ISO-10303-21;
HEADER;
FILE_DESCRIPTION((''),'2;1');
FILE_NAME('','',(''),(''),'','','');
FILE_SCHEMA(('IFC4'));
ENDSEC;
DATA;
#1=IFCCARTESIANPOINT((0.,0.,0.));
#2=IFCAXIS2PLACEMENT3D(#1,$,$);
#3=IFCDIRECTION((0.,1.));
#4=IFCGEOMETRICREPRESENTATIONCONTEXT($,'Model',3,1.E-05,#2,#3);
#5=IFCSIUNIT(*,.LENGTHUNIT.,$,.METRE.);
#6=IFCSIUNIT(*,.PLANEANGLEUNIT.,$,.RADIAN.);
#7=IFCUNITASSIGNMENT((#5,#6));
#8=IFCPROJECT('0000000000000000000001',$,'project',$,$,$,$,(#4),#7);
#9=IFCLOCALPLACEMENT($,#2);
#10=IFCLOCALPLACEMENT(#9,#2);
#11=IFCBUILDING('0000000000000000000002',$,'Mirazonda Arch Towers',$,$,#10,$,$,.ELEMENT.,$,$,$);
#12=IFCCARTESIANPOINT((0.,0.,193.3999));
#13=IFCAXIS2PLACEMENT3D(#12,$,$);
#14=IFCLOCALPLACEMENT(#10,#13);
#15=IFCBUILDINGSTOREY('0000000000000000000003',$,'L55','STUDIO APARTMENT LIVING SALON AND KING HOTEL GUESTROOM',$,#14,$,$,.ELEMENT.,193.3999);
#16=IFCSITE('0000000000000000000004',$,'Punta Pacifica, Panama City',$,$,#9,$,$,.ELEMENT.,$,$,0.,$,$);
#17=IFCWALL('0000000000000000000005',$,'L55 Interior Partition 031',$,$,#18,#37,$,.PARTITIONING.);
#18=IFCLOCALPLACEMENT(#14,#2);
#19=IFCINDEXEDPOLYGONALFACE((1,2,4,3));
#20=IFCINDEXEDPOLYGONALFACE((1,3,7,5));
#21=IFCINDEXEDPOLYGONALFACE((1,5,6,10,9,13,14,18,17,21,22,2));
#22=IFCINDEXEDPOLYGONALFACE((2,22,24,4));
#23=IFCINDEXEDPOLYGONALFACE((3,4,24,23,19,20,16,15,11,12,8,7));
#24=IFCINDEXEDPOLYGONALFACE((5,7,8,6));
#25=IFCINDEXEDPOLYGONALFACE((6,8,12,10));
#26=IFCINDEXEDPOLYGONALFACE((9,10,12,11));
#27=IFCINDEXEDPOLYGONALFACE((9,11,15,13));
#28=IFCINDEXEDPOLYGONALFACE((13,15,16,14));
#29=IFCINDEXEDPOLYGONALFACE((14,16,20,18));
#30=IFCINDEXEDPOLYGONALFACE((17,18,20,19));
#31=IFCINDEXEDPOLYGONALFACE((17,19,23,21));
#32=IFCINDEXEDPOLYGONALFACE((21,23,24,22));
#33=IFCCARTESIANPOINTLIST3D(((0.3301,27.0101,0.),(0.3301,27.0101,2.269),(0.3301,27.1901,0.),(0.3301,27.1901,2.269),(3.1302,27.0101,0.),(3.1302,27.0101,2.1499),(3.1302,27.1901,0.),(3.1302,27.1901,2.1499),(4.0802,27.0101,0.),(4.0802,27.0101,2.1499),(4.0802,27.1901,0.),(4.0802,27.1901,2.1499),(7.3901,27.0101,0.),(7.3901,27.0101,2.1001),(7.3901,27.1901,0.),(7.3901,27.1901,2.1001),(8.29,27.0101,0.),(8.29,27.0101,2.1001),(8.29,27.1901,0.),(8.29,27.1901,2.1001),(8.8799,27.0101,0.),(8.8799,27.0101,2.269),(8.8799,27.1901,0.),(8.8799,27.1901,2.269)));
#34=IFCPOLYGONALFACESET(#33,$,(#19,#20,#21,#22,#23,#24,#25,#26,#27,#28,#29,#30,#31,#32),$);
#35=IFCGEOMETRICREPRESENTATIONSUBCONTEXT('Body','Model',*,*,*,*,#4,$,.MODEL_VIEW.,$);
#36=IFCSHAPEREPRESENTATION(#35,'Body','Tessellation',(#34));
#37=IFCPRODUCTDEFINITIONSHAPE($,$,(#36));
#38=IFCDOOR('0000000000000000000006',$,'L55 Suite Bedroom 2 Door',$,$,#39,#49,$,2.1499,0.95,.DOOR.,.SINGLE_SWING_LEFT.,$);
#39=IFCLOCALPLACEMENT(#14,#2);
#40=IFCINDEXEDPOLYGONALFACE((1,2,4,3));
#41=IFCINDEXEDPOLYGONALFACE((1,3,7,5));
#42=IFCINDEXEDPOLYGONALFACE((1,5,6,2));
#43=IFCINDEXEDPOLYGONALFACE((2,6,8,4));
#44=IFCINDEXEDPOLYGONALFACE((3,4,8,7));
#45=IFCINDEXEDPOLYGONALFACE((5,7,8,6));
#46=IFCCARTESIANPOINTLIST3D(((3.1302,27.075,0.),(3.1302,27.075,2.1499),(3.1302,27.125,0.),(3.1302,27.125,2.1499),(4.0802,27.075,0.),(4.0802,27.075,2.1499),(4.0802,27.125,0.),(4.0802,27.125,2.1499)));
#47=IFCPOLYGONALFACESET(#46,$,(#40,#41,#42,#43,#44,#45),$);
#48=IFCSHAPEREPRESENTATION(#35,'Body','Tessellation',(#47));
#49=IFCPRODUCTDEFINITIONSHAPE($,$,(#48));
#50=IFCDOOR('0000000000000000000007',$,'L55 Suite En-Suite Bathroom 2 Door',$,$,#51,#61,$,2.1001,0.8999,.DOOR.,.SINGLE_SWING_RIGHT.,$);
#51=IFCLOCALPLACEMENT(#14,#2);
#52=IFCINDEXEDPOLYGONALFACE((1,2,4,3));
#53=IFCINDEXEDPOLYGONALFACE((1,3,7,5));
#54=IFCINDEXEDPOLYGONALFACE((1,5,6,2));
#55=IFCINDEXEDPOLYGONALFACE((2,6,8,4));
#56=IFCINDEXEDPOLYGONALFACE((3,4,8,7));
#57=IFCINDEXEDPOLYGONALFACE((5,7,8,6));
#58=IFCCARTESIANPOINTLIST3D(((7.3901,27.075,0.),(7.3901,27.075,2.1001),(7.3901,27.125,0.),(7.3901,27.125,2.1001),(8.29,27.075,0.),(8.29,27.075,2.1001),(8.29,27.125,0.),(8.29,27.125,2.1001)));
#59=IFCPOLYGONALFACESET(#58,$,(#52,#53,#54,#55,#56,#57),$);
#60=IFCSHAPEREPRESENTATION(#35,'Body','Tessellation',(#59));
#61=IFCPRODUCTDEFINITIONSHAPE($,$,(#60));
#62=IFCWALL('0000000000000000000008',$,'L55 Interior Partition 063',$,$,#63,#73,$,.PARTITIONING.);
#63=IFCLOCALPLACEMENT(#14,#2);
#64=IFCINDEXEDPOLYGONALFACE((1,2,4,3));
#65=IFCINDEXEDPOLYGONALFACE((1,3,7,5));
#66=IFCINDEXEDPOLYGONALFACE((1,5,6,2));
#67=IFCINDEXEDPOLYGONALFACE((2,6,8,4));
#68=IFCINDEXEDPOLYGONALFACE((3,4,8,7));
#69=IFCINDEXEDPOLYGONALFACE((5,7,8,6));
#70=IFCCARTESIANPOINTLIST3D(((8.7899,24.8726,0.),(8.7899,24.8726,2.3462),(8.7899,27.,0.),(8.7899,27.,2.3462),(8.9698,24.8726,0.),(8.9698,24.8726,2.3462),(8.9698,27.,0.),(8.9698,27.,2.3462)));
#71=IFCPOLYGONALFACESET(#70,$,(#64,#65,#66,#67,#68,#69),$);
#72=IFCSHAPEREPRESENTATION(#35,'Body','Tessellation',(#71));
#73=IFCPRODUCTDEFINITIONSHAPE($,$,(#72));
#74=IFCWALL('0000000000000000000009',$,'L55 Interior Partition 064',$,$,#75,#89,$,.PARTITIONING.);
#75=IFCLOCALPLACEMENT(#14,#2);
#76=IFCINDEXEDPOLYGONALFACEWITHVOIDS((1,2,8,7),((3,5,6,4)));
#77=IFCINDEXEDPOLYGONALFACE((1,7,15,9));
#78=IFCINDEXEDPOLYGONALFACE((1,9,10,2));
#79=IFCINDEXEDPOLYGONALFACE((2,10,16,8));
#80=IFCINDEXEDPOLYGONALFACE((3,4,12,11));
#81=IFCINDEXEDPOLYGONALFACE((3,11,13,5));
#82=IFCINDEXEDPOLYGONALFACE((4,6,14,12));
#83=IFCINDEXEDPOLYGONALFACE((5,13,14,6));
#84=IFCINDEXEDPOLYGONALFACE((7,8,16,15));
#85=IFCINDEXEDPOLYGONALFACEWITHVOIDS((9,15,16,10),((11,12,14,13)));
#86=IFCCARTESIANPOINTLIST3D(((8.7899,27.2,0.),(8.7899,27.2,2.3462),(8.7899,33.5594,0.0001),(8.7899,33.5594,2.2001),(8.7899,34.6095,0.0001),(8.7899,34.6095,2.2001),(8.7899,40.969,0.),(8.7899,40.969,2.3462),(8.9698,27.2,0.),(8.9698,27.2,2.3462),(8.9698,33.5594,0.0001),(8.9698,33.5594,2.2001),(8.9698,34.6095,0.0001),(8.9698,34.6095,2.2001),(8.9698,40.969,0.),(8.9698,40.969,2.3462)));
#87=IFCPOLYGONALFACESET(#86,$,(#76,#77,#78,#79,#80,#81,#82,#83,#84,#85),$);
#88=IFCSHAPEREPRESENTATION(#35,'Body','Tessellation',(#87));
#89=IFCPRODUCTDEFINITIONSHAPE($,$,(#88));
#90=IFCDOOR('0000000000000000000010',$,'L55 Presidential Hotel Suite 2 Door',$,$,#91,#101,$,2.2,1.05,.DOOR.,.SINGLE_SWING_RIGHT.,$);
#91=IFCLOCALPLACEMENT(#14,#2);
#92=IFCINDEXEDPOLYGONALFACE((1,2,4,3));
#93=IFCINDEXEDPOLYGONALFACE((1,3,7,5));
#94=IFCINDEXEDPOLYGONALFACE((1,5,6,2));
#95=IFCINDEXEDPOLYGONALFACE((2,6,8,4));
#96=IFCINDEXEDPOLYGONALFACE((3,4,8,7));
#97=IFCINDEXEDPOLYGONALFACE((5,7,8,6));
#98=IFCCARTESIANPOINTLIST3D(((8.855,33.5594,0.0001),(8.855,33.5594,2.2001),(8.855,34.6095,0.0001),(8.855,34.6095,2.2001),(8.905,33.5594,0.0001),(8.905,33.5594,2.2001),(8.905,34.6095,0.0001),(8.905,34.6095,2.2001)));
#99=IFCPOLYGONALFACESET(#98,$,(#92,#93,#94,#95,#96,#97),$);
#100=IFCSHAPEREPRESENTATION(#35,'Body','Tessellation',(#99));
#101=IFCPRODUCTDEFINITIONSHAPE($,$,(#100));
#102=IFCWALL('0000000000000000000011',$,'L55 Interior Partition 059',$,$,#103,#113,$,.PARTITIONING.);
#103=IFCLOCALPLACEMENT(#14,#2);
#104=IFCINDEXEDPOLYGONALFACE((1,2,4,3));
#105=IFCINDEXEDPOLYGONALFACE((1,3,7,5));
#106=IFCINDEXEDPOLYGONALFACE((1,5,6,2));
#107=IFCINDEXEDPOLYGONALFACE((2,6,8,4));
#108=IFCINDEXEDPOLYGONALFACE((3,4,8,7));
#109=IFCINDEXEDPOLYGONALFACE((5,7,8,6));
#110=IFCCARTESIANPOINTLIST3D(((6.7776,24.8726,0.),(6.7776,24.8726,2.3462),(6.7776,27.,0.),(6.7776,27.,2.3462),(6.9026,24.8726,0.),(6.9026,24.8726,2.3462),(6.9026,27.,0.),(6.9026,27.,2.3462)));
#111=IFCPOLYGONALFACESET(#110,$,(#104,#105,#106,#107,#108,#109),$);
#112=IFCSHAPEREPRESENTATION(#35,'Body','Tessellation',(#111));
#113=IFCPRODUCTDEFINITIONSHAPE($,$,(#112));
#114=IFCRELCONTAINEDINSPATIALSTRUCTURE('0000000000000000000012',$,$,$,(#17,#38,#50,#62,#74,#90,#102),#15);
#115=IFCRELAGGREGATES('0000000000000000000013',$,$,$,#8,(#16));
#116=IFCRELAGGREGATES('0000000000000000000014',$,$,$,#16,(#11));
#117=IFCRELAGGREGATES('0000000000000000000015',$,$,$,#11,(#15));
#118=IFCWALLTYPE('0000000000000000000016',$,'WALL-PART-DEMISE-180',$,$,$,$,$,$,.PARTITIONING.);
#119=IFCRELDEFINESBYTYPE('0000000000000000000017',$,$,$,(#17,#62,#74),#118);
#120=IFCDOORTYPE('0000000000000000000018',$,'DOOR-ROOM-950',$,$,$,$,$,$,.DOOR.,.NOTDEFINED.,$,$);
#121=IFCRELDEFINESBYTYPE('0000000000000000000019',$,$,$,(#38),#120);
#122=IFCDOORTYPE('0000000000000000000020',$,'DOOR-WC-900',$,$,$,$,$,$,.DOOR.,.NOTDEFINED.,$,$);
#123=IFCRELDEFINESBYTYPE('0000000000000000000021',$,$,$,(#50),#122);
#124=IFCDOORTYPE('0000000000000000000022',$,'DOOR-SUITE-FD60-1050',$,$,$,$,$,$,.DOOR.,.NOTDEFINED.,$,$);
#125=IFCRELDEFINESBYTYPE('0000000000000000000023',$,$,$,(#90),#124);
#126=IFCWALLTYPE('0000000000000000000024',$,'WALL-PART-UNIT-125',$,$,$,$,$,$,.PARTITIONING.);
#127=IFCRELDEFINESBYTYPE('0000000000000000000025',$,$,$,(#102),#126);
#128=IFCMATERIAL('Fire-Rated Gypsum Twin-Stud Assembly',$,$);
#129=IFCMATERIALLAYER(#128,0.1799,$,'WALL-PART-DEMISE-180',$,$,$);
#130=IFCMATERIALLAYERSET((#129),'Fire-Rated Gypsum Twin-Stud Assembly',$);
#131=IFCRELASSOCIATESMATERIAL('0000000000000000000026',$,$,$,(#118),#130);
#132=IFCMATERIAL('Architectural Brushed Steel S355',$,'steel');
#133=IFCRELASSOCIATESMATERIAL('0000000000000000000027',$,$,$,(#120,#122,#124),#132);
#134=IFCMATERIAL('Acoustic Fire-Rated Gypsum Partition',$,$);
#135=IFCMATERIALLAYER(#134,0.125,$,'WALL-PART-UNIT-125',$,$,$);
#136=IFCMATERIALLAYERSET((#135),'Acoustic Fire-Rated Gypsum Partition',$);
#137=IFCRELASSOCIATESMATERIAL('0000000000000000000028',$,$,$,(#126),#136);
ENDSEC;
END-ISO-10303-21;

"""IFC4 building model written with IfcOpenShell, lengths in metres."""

from ifc_helpers import new_model, si_unit, direction, frame, frame_2d, origin, place, context, subcontext, project, spatial, rectangle, extrude, material, layer, layer_set, type_object, element, fill, save


model = new_model("IFC4")

# Units and contexts
model_context = context("Model", 3, precision=1e-05, world=origin(), true_north=direction((0.0, 1.0)))
body_context = subcontext(model_context, "Body", "Model", "MODEL_VIEW")
ifc_project = project(units=[si_unit("LENGTHUNIT", "METRE"), si_unit("PLANEANGLEUNIT", "RADIAN")], contexts=[model_context])

# Site, building, storey
site_placement = place(None, origin())
site = spatial("IfcSite", under=ifc_project, at=site_placement, Name="Punta Pacifica, Panama City", CompositionType="ELEMENT", RefElevation=0.0)
building_placement = place(site_placement, origin())
building = spatial("IfcBuilding", under=site, at=building_placement, Name="Mirazonda Arch Towers", CompositionType="ELEMENT")
storey_placement = place(building_placement, frame((0.0, 0.0, 193.3999)))
storey = spatial("IfcBuildingStorey", under=building, at=storey_placement, Name="L55", Description="STUDIO APARTMENT LIVING SALON AND KING HOTEL GUESTROOM", CompositionType="ELEMENT", Elevation=193.3999)

# Wall, openings, doors
ifc_material_1 = material(Name="Fire-Rated Gypsum Twin-Stud Assembly")
ifc_layer_1 = layer(ifc_material_1, 0.1799, Name="WALL-PART-DEMISE-180")
ifc_layer_set_1 = layer_set([ifc_layer_1], Name="Fire-Rated Gypsum Twin-Stud Assembly")
wall_type_1 = type_object("IfcWallType", Name="WALL-PART-DEMISE-180", PredefinedType="PARTITIONING", material=ifc_layer_set_1)
wall_1_placement = place(storey_placement, frame((0.3301, 27.1001, 0.0), z_axis=(0.0, 0.0, 1.0), x_axis=(1.0, 0.0, 0.0)))
wall_1 = element("IfcWall", 1, at=wall_1_placement, inside=storey, type_object=wall_type_1, Name="L55 Interior Partition 031", PredefinedType="PARTITIONING", context=body_context, shape_type="SweptSolid", body=[
    extrude(rectangle(XDim=8.5498, YDim=0.1799, at=frame_2d((4.2749, 0.0))), origin(), (0.0, 0.0, 1.0), 2.269),
])
opening_1_placement = place(wall_1_placement, frame((2.8, 0.0, 0.0)))
opening_1 = element("IfcOpeningElement", 2, at=opening_1_placement, cuts=wall_1, PredefinedType="OPENING", context=body_context, shape_type="SweptSolid", body=[
    extrude(rectangle(XDim=0.95, YDim=2.1499, at=frame_2d((0.4751, 1.075))), frame((0.0, 0.0999, 0.0), z_axis=(0.0, -1.0, 0.0), x_axis=(1.0, 0.0, 0.0)), (0.0, 0.0, 1.0), 0.2),
])
opening_2_placement = place(wall_1_placement, frame((7.0601, 0.0, 0.0)))
opening_2 = element("IfcOpeningElement", 3, at=opening_2_placement, cuts=wall_1, PredefinedType="OPENING", context=body_context, shape_type="SweptSolid", body=[
    extrude(rectangle(XDim=0.8999, YDim=2.1001, at=frame_2d((0.45, 1.05))), frame((0.0, 0.0999, 0.0), z_axis=(0.0, -1.0, 0.0), x_axis=(1.0, 0.0, 0.0)), (0.0, 0.0, 1.0), 0.2),
])
ifc_material_2 = material(Name="Architectural Brushed Steel S355", Category="steel")
door_type_1 = type_object("IfcDoorType", Name="DOOR-ROOM-950", OperationType="NOTDEFINED", PredefinedType="DOOR", material=ifc_material_2)
door_1_placement = place(opening_1_placement, origin())
door_1 = element("IfcDoor", 4, at=door_1_placement, inside=storey, type_object=door_type_1, Name="L55 Suite Bedroom 2 Door", OperationType="SINGLE_SWING_LEFT", OverallHeight=2.1499, OverallWidth=0.95, PredefinedType="DOOR", context=body_context, shape_type="SweptSolid", body=[
    extrude(rectangle(XDim=0.95, YDim=2.1499, at=frame_2d((0.4751, 1.075))), frame((0.0, 0.0249, 0.0), z_axis=(0.0, -1.0, 0.0), x_axis=(1.0, 0.0, 0.0)), (0.0, 0.0, 1.0), 0.05),
])
fill(opening_1, door_1)
door_type_2 = type_object("IfcDoorType", Name="DOOR-WC-900", OperationType="NOTDEFINED", PredefinedType="DOOR", material=ifc_material_2)
door_2_placement = place(opening_2_placement, origin())
door_2 = element("IfcDoor", 5, at=door_2_placement, inside=storey, type_object=door_type_2, Name="L55 Suite En-Suite Bathroom 2 Door", OperationType="SINGLE_SWING_RIGHT", OverallHeight=2.1001, OverallWidth=0.8999, PredefinedType="DOOR", context=body_context, shape_type="SweptSolid", body=[
    extrude(rectangle(XDim=0.8999, YDim=2.1001, at=frame_2d((0.45, 1.05))), frame((0.0, 0.0249, 0.0), z_axis=(0.0, -1.0, 0.0), x_axis=(1.0, 0.0, 0.0)), (0.0, 0.0, 1.0), 0.05),
])
fill(opening_2, door_2)

# Wall
wall_2_placement = place(storey_placement, frame((8.8799, 24.8726, 0.0), z_axis=(0.0, 0.0, 1.0), x_axis=(0.0, 1.0, 0.0)))
element("IfcWall", 6, at=wall_2_placement, inside=storey, type_object=wall_type_1, Name="L55 Interior Partition 063", PredefinedType="PARTITIONING", context=body_context, shape_type="SweptSolid", body=[
    extrude(rectangle(XDim=2.1274, YDim=0.1799, at=frame_2d((1.0637, 0.0))), origin(), (0.0, 0.0, 1.0), 2.3462),
])

# Wall, opening, door
wall_3_placement = place(storey_placement, frame((8.8799, 27.2, 0.0), z_axis=(0.0, 0.0, 1.0), x_axis=(0.0, 1.0, 0.0)))
wall_3 = element("IfcWall", 7, at=wall_3_placement, inside=storey, type_object=wall_type_1, Name="L55 Interior Partition 064", PredefinedType="PARTITIONING", context=body_context, shape_type="SweptSolid", body=[
    extrude(rectangle(XDim=13.769, YDim=0.1799, at=frame_2d((6.8845, 0.0))), origin(), (0.0, 0.0, 1.0), 2.3462),
])
opening_3_placement = place(wall_3_placement, frame((6.3596, 0.0, 0.0)))
opening_3 = element("IfcOpeningElement", 8, at=opening_3_placement, cuts=wall_3, PredefinedType="OPENING", context=body_context, shape_type="SweptSolid", body=[
    extrude(rectangle(XDim=1.05, YDim=2.2, at=frame_2d((0.5249, 1.1001))), frame((0.0, 0.0999, 0.0), z_axis=(0.0, -1.0, 0.0), x_axis=(1.0, 0.0, 0.0)), (0.0, 0.0, 1.0), 0.2),
])
door_type_3 = type_object("IfcDoorType", Name="DOOR-SUITE-FD60-1050", OperationType="NOTDEFINED", PredefinedType="DOOR", material=ifc_material_2)
door_3_placement = place(opening_3_placement, origin())
door_3 = element("IfcDoor", 9, at=door_3_placement, inside=storey, type_object=door_type_3, Name="L55 Presidential Hotel Suite 2 Door", OperationType="SINGLE_SWING_RIGHT", OverallHeight=2.2, OverallWidth=1.05, PredefinedType="DOOR", context=body_context, shape_type="SweptSolid", body=[
    extrude(rectangle(XDim=1.05, YDim=2.2, at=frame_2d((0.5249, 1.1001))), frame((0.0, 0.0249, 0.0), z_axis=(0.0, -1.0, 0.0), x_axis=(1.0, 0.0, 0.0)), (0.0, 0.0, 1.0), 0.05),
])
fill(opening_3, door_3)

# Wall
ifc_material_3 = material(Name="Acoustic Fire-Rated Gypsum Partition")
ifc_layer_2 = layer(ifc_material_3, 0.125, Name="WALL-PART-UNIT-125")
ifc_layer_set_2 = layer_set([ifc_layer_2], Name="Acoustic Fire-Rated Gypsum Partition")
wall_type_2 = type_object("IfcWallType", Name="WALL-PART-UNIT-125", PredefinedType="PARTITIONING", material=ifc_layer_set_2)
wall_4_placement = place(storey_placement, frame((6.8401, 24.8726, 0.0), z_axis=(0.0, 0.0, 1.0), x_axis=(0.0, 1.0, 0.0)))
element("IfcWall", 10, at=wall_4_placement, inside=storey, type_object=wall_type_2, Name="L55 Interior Partition 059", PredefinedType="PARTITIONING", context=body_context, shape_type="SweptSolid", body=[
    extrude(rectangle(XDim=2.1274, YDim=0.125, at=frame_2d((1.0637, 0.0))), origin(), (0.0, 0.0, 1.0), 2.3462),
])

save(model, "model.ifc")
